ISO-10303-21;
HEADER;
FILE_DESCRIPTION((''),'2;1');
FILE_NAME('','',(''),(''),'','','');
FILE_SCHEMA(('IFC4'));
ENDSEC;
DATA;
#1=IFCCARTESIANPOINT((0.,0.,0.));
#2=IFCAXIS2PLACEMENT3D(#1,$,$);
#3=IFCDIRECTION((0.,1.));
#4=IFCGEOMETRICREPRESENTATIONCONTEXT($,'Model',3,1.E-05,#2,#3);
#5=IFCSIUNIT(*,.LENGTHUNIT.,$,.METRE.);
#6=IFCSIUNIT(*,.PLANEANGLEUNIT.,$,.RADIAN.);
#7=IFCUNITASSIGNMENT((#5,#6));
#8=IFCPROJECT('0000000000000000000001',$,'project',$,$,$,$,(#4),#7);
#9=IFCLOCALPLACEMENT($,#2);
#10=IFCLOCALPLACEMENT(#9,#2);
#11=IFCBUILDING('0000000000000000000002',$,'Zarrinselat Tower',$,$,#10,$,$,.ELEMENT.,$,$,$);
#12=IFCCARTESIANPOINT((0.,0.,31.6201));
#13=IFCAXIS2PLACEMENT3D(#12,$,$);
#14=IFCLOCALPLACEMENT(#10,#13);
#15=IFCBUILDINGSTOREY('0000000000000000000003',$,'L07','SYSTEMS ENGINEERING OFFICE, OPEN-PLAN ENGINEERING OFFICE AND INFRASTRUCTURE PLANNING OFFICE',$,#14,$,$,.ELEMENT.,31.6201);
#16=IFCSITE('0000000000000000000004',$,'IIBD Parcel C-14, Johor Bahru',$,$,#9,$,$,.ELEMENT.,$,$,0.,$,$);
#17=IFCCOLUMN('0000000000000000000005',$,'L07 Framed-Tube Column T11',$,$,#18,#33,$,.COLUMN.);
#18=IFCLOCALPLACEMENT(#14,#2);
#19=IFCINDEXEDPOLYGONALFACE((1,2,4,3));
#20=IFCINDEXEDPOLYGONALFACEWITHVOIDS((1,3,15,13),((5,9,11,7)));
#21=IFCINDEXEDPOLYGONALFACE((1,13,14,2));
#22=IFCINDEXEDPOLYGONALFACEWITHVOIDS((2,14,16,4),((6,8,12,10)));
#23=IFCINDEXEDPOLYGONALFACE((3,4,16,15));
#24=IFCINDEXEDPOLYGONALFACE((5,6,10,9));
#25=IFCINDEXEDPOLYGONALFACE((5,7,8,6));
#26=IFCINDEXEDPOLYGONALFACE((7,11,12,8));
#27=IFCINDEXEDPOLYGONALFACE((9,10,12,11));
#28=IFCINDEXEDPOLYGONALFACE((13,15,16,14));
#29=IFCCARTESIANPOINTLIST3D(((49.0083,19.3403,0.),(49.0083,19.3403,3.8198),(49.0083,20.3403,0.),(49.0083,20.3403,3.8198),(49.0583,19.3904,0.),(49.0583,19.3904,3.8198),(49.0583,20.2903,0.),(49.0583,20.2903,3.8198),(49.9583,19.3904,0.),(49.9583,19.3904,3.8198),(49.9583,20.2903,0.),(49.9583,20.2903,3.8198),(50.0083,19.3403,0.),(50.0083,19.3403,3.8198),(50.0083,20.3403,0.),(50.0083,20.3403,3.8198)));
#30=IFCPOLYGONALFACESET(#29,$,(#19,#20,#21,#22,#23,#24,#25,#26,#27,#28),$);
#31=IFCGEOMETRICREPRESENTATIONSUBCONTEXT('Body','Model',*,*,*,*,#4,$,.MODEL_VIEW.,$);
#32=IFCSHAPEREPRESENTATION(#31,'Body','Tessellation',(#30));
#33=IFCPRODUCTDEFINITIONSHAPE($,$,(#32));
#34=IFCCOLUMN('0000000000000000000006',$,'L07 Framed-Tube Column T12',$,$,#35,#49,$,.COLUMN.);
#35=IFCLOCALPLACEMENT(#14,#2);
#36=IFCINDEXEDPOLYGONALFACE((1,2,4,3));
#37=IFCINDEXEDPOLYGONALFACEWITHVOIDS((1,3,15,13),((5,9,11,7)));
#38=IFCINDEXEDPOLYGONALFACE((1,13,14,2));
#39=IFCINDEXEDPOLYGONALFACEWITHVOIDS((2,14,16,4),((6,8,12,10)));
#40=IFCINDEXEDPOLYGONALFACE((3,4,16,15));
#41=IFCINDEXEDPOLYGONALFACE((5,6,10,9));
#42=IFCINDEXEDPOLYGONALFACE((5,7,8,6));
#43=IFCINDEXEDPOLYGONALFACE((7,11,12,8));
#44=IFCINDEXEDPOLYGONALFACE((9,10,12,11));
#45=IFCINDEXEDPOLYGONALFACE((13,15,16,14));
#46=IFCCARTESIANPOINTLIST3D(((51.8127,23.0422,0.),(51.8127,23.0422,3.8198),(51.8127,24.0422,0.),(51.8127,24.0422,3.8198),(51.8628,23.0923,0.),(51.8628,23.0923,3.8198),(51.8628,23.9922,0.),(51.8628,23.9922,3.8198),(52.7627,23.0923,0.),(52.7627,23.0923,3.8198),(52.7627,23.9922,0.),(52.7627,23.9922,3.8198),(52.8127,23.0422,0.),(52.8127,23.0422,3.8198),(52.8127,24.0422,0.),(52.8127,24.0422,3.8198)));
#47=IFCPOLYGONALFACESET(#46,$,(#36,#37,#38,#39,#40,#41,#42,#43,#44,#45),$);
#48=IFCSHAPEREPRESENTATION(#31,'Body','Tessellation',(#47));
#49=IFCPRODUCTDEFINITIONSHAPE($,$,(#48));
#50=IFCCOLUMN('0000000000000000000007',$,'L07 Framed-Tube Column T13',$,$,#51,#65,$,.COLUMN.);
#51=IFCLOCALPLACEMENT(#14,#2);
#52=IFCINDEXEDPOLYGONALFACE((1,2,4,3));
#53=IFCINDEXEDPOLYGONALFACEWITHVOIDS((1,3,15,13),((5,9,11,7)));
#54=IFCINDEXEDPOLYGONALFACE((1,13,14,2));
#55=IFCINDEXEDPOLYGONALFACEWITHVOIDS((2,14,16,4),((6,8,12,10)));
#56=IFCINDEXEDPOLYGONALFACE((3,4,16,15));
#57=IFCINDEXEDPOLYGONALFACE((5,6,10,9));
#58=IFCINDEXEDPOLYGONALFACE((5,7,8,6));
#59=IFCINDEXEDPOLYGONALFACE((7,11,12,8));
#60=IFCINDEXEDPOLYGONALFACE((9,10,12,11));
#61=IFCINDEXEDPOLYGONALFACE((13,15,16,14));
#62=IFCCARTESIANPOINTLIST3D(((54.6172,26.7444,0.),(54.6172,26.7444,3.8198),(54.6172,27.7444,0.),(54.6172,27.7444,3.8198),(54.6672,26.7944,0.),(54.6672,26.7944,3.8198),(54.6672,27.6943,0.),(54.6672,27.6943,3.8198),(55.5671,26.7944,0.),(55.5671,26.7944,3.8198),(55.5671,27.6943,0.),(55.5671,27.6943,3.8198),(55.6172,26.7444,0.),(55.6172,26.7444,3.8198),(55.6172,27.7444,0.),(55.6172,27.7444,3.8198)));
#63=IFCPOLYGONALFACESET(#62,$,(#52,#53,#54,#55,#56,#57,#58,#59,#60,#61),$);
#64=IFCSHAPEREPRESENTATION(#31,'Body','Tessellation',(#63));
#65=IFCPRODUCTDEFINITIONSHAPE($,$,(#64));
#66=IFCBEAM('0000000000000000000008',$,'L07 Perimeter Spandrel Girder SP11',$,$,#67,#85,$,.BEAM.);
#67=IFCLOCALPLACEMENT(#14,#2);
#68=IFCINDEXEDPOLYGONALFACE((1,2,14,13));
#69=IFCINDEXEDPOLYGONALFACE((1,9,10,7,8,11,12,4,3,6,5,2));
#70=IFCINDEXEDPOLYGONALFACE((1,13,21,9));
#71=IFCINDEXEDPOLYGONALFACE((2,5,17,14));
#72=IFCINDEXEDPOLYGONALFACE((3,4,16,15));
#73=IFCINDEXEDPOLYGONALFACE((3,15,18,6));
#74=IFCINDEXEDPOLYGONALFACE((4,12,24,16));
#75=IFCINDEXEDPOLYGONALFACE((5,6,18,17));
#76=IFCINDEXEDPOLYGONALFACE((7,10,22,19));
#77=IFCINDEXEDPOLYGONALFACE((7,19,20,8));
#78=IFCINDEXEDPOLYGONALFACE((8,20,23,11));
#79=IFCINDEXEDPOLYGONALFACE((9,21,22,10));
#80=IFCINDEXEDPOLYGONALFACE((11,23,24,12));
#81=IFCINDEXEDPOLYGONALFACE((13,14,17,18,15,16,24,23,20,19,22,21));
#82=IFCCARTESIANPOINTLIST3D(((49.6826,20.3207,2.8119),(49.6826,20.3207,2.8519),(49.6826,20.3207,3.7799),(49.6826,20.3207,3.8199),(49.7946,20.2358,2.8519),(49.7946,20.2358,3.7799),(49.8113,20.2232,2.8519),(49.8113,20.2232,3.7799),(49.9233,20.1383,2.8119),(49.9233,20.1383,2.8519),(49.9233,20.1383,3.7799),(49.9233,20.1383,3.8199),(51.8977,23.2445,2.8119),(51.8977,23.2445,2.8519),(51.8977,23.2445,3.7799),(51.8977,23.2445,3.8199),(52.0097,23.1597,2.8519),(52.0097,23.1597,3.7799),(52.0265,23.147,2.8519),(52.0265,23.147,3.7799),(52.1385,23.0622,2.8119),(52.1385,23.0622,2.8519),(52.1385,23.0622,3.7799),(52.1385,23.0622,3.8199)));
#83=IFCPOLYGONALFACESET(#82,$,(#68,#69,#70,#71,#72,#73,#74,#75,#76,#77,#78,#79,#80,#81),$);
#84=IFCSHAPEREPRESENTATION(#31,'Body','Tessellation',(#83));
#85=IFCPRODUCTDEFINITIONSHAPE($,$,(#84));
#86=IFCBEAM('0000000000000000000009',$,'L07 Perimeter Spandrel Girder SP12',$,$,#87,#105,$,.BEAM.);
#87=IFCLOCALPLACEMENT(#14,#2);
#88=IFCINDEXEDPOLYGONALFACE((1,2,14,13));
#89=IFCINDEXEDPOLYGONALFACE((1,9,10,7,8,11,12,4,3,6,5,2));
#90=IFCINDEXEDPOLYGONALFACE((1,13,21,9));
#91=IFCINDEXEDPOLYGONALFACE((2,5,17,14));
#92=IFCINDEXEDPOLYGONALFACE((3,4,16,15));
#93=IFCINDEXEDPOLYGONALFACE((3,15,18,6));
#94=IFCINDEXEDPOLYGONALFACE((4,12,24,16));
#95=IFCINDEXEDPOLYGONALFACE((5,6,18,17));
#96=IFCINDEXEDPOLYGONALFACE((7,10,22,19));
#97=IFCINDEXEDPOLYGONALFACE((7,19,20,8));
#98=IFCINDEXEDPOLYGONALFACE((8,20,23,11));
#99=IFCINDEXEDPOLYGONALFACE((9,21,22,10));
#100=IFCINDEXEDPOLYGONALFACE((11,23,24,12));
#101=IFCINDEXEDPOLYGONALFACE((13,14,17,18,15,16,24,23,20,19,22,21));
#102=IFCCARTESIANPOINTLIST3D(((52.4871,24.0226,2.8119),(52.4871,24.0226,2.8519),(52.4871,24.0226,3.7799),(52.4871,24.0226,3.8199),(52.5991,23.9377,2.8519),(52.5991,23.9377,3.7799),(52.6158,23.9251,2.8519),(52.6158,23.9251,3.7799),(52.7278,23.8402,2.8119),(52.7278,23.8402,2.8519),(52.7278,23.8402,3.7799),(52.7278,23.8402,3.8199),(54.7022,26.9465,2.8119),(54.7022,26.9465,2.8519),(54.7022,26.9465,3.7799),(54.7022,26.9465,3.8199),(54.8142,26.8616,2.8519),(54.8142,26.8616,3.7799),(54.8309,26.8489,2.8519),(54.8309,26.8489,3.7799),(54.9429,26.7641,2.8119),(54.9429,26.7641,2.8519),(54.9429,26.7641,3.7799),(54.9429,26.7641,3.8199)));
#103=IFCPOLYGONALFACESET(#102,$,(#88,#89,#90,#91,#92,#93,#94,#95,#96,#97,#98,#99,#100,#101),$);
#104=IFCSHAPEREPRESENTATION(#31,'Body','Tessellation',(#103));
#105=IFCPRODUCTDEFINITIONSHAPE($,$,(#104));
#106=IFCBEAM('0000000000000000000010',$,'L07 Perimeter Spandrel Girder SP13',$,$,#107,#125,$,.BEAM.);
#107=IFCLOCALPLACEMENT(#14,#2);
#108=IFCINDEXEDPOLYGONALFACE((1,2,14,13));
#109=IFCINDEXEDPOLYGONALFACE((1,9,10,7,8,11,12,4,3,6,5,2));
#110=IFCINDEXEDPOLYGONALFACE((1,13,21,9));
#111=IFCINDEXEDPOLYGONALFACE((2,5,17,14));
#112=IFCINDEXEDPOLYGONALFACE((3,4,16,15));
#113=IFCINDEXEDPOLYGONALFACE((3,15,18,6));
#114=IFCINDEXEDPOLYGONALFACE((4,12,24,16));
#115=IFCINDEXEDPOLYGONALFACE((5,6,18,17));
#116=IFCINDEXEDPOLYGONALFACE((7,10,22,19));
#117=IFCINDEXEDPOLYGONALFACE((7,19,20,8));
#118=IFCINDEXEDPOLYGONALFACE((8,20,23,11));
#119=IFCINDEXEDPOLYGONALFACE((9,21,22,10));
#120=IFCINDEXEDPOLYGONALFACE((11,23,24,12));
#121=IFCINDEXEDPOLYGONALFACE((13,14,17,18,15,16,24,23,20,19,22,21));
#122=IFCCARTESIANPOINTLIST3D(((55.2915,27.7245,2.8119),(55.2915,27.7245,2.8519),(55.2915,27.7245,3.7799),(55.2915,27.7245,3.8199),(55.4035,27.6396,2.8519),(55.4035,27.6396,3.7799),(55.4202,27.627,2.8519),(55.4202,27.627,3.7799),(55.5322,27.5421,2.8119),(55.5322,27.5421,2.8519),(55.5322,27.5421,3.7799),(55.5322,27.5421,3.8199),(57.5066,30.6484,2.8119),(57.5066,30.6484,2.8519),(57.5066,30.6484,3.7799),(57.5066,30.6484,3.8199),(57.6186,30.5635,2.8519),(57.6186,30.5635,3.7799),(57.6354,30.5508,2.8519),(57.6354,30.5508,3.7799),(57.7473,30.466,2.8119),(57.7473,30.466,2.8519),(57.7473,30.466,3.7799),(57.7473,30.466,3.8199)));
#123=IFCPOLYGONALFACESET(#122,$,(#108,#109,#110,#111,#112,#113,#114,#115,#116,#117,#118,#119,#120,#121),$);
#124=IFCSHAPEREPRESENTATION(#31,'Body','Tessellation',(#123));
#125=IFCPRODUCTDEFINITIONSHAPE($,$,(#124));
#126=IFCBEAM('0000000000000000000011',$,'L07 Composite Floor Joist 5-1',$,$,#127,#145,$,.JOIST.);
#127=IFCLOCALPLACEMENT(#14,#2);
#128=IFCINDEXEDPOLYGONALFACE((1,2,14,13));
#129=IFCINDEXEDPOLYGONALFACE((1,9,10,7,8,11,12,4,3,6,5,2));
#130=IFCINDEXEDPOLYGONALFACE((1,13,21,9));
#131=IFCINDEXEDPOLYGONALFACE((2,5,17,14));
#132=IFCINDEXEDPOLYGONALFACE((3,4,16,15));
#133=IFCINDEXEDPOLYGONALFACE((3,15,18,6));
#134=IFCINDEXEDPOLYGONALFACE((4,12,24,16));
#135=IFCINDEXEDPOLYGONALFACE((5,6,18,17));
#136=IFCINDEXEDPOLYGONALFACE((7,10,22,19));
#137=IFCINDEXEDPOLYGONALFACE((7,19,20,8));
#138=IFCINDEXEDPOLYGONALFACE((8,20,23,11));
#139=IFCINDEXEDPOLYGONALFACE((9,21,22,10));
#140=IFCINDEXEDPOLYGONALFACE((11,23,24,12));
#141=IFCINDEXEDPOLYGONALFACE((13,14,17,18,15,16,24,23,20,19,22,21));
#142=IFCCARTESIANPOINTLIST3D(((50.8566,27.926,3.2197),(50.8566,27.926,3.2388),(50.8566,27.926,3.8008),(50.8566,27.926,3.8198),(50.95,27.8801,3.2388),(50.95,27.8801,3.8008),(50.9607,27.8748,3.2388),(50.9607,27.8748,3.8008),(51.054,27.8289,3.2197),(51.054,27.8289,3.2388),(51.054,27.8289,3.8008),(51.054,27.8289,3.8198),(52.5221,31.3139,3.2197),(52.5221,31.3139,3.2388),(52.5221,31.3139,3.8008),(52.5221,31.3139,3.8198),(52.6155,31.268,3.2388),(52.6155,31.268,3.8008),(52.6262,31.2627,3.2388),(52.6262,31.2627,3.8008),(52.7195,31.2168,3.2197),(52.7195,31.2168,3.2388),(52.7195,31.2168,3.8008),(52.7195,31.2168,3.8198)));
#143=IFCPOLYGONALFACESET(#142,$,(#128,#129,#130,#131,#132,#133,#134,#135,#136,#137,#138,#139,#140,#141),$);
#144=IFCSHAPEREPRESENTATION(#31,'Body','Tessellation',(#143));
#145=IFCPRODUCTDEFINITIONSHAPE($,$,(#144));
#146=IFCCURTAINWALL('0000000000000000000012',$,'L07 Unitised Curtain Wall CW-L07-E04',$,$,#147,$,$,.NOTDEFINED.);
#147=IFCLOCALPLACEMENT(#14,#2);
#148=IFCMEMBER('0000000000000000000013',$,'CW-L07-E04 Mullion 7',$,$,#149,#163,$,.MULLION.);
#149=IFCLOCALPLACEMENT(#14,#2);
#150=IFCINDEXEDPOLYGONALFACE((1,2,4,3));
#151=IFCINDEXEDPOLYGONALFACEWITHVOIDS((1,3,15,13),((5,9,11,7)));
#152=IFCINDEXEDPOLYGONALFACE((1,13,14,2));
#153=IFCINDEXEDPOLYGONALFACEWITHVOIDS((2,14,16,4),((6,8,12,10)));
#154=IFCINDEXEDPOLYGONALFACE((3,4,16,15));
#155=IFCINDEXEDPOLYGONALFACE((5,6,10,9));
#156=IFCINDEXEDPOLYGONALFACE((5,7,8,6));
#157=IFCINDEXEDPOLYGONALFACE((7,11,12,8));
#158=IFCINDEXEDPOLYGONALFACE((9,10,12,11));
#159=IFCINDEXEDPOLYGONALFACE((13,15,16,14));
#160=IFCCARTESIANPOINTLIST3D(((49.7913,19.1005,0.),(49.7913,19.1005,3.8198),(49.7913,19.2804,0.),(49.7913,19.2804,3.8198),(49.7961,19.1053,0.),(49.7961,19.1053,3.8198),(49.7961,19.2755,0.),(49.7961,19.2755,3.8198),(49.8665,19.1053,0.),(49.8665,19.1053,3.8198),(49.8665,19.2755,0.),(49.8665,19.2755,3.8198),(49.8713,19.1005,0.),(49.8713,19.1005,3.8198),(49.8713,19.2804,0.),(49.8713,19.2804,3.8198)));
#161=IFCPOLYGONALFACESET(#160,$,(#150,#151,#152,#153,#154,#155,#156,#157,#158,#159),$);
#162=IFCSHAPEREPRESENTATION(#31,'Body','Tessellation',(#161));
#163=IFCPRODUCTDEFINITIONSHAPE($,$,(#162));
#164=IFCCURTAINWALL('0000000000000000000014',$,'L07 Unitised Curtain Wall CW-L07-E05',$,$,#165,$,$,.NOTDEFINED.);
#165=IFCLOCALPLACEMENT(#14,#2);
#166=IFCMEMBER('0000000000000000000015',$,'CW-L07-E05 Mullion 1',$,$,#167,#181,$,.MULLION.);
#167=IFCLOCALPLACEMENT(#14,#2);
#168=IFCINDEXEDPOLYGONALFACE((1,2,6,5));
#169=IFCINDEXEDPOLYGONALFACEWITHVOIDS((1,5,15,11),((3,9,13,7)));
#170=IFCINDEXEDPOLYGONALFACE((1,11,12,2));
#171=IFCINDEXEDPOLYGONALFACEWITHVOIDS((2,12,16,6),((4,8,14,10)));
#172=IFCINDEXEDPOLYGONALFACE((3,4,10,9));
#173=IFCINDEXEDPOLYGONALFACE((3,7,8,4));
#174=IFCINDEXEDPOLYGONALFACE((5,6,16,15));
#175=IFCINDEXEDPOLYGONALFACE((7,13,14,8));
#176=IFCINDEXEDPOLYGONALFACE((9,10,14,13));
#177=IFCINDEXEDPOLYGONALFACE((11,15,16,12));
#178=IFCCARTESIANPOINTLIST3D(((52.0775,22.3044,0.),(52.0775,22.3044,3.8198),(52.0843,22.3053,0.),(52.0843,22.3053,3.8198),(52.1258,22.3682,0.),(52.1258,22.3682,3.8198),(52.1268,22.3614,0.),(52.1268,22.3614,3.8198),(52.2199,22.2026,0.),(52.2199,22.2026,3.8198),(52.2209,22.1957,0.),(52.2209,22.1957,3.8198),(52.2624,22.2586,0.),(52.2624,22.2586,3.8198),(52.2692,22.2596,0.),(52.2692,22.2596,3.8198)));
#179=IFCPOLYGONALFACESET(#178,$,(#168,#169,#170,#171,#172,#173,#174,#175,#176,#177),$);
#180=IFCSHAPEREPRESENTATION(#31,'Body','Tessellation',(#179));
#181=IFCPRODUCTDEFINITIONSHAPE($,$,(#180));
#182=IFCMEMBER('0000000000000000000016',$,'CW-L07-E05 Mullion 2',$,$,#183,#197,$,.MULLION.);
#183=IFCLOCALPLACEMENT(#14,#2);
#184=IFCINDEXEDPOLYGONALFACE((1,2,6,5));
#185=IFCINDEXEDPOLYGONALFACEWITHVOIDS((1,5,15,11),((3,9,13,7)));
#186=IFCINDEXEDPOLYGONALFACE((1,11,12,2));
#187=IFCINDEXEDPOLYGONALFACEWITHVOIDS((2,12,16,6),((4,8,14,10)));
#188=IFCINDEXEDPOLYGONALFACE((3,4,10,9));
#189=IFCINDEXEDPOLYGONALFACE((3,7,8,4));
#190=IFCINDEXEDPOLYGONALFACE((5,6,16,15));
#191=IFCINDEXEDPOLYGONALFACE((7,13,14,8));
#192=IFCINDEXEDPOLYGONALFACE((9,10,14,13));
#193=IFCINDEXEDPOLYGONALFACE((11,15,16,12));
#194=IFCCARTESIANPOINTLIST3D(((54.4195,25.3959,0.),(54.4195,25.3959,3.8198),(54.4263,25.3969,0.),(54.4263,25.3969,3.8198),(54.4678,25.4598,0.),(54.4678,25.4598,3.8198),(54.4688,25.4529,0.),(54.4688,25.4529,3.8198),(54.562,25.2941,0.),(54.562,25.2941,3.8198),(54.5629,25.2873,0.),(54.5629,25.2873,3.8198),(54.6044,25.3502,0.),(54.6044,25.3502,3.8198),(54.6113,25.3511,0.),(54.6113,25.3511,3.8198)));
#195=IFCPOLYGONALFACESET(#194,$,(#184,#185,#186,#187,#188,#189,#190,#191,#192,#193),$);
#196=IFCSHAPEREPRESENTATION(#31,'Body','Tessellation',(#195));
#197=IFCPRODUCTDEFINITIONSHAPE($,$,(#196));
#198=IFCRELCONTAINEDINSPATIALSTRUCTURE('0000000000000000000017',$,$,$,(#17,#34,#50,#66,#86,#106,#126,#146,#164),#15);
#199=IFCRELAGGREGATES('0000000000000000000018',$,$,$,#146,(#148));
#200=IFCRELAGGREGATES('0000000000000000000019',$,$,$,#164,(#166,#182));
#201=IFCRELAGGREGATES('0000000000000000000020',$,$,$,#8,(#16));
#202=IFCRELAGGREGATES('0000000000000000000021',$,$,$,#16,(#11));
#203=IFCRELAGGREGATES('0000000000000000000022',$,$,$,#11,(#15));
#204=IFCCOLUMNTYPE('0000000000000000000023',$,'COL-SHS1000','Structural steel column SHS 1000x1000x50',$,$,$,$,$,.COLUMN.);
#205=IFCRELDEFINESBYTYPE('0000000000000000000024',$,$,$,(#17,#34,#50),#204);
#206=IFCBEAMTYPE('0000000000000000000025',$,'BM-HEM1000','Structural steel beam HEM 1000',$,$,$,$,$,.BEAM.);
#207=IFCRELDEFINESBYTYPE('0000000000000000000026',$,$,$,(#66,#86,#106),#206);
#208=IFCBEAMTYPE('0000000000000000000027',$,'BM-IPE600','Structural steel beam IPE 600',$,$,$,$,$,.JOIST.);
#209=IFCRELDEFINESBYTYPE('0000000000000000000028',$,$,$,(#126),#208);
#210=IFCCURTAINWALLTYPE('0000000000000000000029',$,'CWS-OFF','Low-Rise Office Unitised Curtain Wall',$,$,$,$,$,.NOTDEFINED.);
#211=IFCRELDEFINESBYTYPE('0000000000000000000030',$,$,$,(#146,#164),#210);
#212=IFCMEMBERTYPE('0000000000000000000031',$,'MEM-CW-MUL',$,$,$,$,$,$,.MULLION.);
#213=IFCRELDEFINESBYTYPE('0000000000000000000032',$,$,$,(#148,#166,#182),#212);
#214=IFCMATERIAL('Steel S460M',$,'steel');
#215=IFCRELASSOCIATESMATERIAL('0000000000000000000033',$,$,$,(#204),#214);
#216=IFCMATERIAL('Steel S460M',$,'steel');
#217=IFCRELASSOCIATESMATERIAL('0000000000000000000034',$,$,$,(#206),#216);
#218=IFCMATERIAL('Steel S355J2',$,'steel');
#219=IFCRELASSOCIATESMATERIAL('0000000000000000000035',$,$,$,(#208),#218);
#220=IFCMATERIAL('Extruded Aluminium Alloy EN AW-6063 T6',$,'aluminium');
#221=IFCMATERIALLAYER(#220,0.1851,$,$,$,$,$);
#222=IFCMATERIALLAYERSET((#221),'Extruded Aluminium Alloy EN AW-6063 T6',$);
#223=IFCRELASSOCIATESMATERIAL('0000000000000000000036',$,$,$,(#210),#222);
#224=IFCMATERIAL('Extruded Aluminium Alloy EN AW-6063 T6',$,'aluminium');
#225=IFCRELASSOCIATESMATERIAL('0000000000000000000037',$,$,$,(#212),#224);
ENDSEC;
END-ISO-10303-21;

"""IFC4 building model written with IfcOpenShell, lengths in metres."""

from ifc_helpers import new_model, si_unit, direction, frame, origin, origin_2d, place, context, subcontext, project, spatial, hollow_rectangle, i_section, extrude, material, layer, layer_set, material_profile, profile_set, type_object, element, aggregate, save


model = new_model("IFC4")

# Units and contexts
model_context = context("Model", 3, precision=1e-05, world=origin(), true_north=direction((0.0, 1.0)))
body_context = subcontext(model_context, "Body", "Model", "MODEL_VIEW")
ifc_project = project(units=[si_unit("LENGTHUNIT", "METRE"), si_unit("PLANEANGLEUNIT", "RADIAN")], contexts=[model_context])

# Site, building, storey
site_placement = place(None, origin())
site = spatial("IfcSite", under=ifc_project, at=site_placement, Name="IIBD Parcel C-14, Johor Bahru", CompositionType="ELEMENT", RefElevation=0.0)
building_placement = place(site_placement, origin())
building = spatial("IfcBuilding", under=site, at=building_placement, Name="Zarrinselat Tower", CompositionType="ELEMENT")
storey_placement = place(building_placement, frame((0.0, 0.0, 31.6201)))
storey = spatial("IfcBuildingStorey", under=building, at=storey_placement, Name="L07", Description="SYSTEMS ENGINEERING OFFICE, OPEN-PLAN ENGINEERING OFFICE AND INFRASTRUCTURE PLANNING OFFICE", CompositionType="ELEMENT", Elevation=31.6201)

# Columns
ifc_material_1 = material(Name="Steel S460M", Category="steel")
ifc_material_profile_1 = material_profile(ifc_material_1, hollow_rectangle(XDim=1.0, YDim=1.0, WallThickness=0.05, at=origin_2d()), Name="SHS 1000x1000x50")
ifc_profile_set_1 = profile_set([ifc_material_profile_1], Name="Steel S460M")
column_type = type_object("IfcColumnType", Name="COL-SHS1000", Description="Structural steel column SHS 1000x1000x50", PredefinedType="COLUMN", material=ifc_profile_set_1)
for number, where, z_axis, x_axis, name in (
    (1, (49.5083, 19.8403, 0.0), (0.0, 0.0, 1.0), (1.0, 0.0, 0.0), "L07 Framed-Tube Column T11"),
    (2, (52.3127, 23.5422, 0.0), (0.0, 0.0, 1.0), (1.0, 0.0, 0.0), "L07 Framed-Tube Column T12"),
    (3, (55.1172, 27.2444, 0.0), (0.0, 0.0, 1.0), (1.0, 0.0, 0.0), "L07 Framed-Tube Column T13"),
):
    element("IfcColumn", number, at=place(storey_placement, frame(where, z_axis=z_axis, x_axis=x_axis)), inside=storey, type_object=column_type, Name=name, PredefinedType="COLUMN", context=body_context, shape_type="SweptSolid", body=[
        extrude(hollow_rectangle(XDim=1.0, YDim=1.0, WallThickness=0.05, at=origin_2d()), origin(), (0.0, 0.0, 1.0), 3.8198),
    ])

# Beams
ifc_material_2 = material(Name="Steel S460M", Category="steel")
ifc_material_profile_2 = material_profile(ifc_material_2, i_section(OverallWidth=0.302, OverallDepth=1.0081, WebThickness=0.021, FlangeThickness=0.04, at=origin_2d()), Name="HEM 1000")
ifc_profile_set_2 = profile_set([ifc_material_profile_2], Name="Steel S460M")
beam_type_1 = type_object("IfcBeamType", Name="BM-HEM1000", Description="Structural steel beam HEM 1000", PredefinedType="BEAM", material=ifc_profile_set_2)
for number, where, z_axis, x_axis, name in (
    (4, (49.803, 20.2295, 3.3159), (0.603869, 0.797083, 0.0), (-0.797083, 0.603869, 0.0), "L07 Perimeter Spandrel Girder SP11"),
    (5, (52.6074, 23.9314, 3.3159), (0.603869, 0.797083, 0.0), (-0.797083, 0.603869, 0.0), "L07 Perimeter Spandrel Girder SP12"),
    (6, (55.4119, 27.6333, 3.3159), (0.603869, 0.797083, 0.0), (-0.797083, 0.603869, 0.0), "L07 Perimeter Spandrel Girder SP13"),
):
    element("IfcBeam", number, at=place(storey_placement, frame(where, z_axis=z_axis, x_axis=x_axis)), inside=storey, type_object=beam_type_1, Name=name, PredefinedType="BEAM", context=body_context, shape_type="SweptSolid", body=[
        extrude(i_section(OverallWidth=0.302, OverallDepth=1.0081, WebThickness=0.021, FlangeThickness=0.04, at=origin_2d()), origin(), (0.0, 0.0, 1.0), 3.6682),
    ])
ifc_material_3 = material(Name="Steel S355J2", Category="steel")
ifc_material_profile_3 = material_profile(ifc_material_3, i_section(OverallWidth=0.22, OverallDepth=0.6001, WebThickness=0.012, FlangeThickness=0.019, at=origin_2d()), Name="IPE 600")
ifc_profile_set_3 = profile_set([ifc_material_profile_3], Name="Steel S355J2")
beam_type_2 = type_object("IfcBeamType", Name="BM-IPE600", Description="Structural steel beam IPE 600", PredefinedType="JOIST", material=ifc_profile_set_3)
beam_placement = place(storey_placement, frame((50.9553, 27.8774, 3.5198), z_axis=(0.441176, 0.89742, 0.0), x_axis=(-0.89742, 0.441176, 0.0)))
element("IfcBeam", 7, at=beam_placement, inside=storey, type_object=beam_type_2, Name="L07 Composite Floor Joist 5-1", PredefinedType="JOIST", context=body_context, shape_type="SweptSolid", body=[
    extrude(i_section(OverallWidth=0.22, OverallDepth=0.6001, WebThickness=0.012, FlangeThickness=0.019, at=origin_2d()), origin(), (0.0, 0.0, 1.0), 3.7751),
])

# Curtain wall, member
ifc_material_4 = material(Name="Extruded Aluminium Alloy EN AW-6063 T6", Category="aluminium")
ifc_layer_1 = layer(ifc_material_4, 0.1851)
ifc_layer_set_1 = layer_set([ifc_layer_1], Name="Extruded Aluminium Alloy EN AW-6063 T6")
curtain_wall_type = type_object("IfcCurtainWallType", Name="CWS-OFF", Description="Low-Rise Office Unitised Curtain Wall", PredefinedType="NOTDEFINED", material=ifc_layer_set_1)
curtain_wall_1_placement = place(storey_placement, origin())
curtain_wall_1 = element("IfcCurtainWall", 8, at=curtain_wall_1_placement, inside=storey, type_object=curtain_wall_type, Name="L07 Unitised Curtain Wall CW-L07-E04", PredefinedType="NOTDEFINED")
ifc_material_5 = material(Name="Extruded Aluminium Alloy EN AW-6063 T6", Category="aluminium")
ifc_material_profile_4 = material_profile(ifc_material_5, hollow_rectangle(XDim=0.0801, YDim=0.1799, WallThickness=0.0049, at=origin_2d()), Name="RHS 180x80x5")
ifc_profile_set_4 = profile_set([ifc_material_profile_4], Name="Extruded Aluminium Alloy EN AW-6063 T6")
member_type_1 = type_object("IfcMemberType", Name="MEM-CW-MUL", PredefinedType="MULLION", material=ifc_profile_set_4)
member_1_placement = place(storey_placement, frame((49.8313, 19.1904, 0.0), z_axis=(0.0, 0.0, 1.0), x_axis=(1.0, 0.0, 0.0)))
member_1 = element("IfcMember", 9, at=member_1_placement, type_object=member_type_1, Name="CW-L07-E04 Mullion 7", PredefinedType="MULLION", context=body_context, shape_type="SweptSolid", body=[
    extrude(hollow_rectangle(XDim=0.0801, YDim=0.1799, WallThickness=0.0049, at=origin_2d()), origin(), (0.0, 0.0, 1.0), 3.8198),
])
aggregate(curtain_wall_1, [member_1])

# Curtain wall, members
curtain_wall_2_placement = place(storey_placement, origin())
curtain_wall_2 = element("IfcCurtainWall", 10, at=curtain_wall_2_placement, inside=storey, type_object=curtain_wall_type, Name="L07 Unitised Curtain Wall CW-L07-E05", PredefinedType="NOTDEFINED")
member_2_placement = place(storey_placement, frame((52.1733, 22.282, 0.0), z_axis=(0.0, 0.0, 1.0), x_axis=(0.603858, 0.797092, 0.0)))
member_2 = element("IfcMember", 11, at=member_2_placement, type_object=member_type_1, Name="CW-L07-E05 Mullion 1", PredefinedType="MULLION", context=body_context, shape_type="SweptSolid", body=[
    extrude(hollow_rectangle(XDim=0.0801, YDim=0.1799, WallThickness=0.0049, at=origin_2d()), origin(), (0.0, 0.0, 1.0), 3.8198),
])
member_3_placement = place(storey_placement, frame((54.5154, 25.3735, 0.0), z_axis=(0.0, 0.0, 1.0), x_axis=(0.603858, 0.797092, 0.0)))
member_3 = element("IfcMember", 12, at=member_3_placement, type_object=member_type_1, Name="CW-L07-E05 Mullion 2", PredefinedType="MULLION", context=body_context, shape_type="SweptSolid", body=[
    extrude(hollow_rectangle(XDim=0.0801, YDim=0.1799, WallThickness=0.0049, at=origin_2d()), origin(), (0.0, 0.0, 1.0), 3.8198),
])
aggregate(curtain_wall_2, [member_2, member_3])

save(model, "model.ifc")
